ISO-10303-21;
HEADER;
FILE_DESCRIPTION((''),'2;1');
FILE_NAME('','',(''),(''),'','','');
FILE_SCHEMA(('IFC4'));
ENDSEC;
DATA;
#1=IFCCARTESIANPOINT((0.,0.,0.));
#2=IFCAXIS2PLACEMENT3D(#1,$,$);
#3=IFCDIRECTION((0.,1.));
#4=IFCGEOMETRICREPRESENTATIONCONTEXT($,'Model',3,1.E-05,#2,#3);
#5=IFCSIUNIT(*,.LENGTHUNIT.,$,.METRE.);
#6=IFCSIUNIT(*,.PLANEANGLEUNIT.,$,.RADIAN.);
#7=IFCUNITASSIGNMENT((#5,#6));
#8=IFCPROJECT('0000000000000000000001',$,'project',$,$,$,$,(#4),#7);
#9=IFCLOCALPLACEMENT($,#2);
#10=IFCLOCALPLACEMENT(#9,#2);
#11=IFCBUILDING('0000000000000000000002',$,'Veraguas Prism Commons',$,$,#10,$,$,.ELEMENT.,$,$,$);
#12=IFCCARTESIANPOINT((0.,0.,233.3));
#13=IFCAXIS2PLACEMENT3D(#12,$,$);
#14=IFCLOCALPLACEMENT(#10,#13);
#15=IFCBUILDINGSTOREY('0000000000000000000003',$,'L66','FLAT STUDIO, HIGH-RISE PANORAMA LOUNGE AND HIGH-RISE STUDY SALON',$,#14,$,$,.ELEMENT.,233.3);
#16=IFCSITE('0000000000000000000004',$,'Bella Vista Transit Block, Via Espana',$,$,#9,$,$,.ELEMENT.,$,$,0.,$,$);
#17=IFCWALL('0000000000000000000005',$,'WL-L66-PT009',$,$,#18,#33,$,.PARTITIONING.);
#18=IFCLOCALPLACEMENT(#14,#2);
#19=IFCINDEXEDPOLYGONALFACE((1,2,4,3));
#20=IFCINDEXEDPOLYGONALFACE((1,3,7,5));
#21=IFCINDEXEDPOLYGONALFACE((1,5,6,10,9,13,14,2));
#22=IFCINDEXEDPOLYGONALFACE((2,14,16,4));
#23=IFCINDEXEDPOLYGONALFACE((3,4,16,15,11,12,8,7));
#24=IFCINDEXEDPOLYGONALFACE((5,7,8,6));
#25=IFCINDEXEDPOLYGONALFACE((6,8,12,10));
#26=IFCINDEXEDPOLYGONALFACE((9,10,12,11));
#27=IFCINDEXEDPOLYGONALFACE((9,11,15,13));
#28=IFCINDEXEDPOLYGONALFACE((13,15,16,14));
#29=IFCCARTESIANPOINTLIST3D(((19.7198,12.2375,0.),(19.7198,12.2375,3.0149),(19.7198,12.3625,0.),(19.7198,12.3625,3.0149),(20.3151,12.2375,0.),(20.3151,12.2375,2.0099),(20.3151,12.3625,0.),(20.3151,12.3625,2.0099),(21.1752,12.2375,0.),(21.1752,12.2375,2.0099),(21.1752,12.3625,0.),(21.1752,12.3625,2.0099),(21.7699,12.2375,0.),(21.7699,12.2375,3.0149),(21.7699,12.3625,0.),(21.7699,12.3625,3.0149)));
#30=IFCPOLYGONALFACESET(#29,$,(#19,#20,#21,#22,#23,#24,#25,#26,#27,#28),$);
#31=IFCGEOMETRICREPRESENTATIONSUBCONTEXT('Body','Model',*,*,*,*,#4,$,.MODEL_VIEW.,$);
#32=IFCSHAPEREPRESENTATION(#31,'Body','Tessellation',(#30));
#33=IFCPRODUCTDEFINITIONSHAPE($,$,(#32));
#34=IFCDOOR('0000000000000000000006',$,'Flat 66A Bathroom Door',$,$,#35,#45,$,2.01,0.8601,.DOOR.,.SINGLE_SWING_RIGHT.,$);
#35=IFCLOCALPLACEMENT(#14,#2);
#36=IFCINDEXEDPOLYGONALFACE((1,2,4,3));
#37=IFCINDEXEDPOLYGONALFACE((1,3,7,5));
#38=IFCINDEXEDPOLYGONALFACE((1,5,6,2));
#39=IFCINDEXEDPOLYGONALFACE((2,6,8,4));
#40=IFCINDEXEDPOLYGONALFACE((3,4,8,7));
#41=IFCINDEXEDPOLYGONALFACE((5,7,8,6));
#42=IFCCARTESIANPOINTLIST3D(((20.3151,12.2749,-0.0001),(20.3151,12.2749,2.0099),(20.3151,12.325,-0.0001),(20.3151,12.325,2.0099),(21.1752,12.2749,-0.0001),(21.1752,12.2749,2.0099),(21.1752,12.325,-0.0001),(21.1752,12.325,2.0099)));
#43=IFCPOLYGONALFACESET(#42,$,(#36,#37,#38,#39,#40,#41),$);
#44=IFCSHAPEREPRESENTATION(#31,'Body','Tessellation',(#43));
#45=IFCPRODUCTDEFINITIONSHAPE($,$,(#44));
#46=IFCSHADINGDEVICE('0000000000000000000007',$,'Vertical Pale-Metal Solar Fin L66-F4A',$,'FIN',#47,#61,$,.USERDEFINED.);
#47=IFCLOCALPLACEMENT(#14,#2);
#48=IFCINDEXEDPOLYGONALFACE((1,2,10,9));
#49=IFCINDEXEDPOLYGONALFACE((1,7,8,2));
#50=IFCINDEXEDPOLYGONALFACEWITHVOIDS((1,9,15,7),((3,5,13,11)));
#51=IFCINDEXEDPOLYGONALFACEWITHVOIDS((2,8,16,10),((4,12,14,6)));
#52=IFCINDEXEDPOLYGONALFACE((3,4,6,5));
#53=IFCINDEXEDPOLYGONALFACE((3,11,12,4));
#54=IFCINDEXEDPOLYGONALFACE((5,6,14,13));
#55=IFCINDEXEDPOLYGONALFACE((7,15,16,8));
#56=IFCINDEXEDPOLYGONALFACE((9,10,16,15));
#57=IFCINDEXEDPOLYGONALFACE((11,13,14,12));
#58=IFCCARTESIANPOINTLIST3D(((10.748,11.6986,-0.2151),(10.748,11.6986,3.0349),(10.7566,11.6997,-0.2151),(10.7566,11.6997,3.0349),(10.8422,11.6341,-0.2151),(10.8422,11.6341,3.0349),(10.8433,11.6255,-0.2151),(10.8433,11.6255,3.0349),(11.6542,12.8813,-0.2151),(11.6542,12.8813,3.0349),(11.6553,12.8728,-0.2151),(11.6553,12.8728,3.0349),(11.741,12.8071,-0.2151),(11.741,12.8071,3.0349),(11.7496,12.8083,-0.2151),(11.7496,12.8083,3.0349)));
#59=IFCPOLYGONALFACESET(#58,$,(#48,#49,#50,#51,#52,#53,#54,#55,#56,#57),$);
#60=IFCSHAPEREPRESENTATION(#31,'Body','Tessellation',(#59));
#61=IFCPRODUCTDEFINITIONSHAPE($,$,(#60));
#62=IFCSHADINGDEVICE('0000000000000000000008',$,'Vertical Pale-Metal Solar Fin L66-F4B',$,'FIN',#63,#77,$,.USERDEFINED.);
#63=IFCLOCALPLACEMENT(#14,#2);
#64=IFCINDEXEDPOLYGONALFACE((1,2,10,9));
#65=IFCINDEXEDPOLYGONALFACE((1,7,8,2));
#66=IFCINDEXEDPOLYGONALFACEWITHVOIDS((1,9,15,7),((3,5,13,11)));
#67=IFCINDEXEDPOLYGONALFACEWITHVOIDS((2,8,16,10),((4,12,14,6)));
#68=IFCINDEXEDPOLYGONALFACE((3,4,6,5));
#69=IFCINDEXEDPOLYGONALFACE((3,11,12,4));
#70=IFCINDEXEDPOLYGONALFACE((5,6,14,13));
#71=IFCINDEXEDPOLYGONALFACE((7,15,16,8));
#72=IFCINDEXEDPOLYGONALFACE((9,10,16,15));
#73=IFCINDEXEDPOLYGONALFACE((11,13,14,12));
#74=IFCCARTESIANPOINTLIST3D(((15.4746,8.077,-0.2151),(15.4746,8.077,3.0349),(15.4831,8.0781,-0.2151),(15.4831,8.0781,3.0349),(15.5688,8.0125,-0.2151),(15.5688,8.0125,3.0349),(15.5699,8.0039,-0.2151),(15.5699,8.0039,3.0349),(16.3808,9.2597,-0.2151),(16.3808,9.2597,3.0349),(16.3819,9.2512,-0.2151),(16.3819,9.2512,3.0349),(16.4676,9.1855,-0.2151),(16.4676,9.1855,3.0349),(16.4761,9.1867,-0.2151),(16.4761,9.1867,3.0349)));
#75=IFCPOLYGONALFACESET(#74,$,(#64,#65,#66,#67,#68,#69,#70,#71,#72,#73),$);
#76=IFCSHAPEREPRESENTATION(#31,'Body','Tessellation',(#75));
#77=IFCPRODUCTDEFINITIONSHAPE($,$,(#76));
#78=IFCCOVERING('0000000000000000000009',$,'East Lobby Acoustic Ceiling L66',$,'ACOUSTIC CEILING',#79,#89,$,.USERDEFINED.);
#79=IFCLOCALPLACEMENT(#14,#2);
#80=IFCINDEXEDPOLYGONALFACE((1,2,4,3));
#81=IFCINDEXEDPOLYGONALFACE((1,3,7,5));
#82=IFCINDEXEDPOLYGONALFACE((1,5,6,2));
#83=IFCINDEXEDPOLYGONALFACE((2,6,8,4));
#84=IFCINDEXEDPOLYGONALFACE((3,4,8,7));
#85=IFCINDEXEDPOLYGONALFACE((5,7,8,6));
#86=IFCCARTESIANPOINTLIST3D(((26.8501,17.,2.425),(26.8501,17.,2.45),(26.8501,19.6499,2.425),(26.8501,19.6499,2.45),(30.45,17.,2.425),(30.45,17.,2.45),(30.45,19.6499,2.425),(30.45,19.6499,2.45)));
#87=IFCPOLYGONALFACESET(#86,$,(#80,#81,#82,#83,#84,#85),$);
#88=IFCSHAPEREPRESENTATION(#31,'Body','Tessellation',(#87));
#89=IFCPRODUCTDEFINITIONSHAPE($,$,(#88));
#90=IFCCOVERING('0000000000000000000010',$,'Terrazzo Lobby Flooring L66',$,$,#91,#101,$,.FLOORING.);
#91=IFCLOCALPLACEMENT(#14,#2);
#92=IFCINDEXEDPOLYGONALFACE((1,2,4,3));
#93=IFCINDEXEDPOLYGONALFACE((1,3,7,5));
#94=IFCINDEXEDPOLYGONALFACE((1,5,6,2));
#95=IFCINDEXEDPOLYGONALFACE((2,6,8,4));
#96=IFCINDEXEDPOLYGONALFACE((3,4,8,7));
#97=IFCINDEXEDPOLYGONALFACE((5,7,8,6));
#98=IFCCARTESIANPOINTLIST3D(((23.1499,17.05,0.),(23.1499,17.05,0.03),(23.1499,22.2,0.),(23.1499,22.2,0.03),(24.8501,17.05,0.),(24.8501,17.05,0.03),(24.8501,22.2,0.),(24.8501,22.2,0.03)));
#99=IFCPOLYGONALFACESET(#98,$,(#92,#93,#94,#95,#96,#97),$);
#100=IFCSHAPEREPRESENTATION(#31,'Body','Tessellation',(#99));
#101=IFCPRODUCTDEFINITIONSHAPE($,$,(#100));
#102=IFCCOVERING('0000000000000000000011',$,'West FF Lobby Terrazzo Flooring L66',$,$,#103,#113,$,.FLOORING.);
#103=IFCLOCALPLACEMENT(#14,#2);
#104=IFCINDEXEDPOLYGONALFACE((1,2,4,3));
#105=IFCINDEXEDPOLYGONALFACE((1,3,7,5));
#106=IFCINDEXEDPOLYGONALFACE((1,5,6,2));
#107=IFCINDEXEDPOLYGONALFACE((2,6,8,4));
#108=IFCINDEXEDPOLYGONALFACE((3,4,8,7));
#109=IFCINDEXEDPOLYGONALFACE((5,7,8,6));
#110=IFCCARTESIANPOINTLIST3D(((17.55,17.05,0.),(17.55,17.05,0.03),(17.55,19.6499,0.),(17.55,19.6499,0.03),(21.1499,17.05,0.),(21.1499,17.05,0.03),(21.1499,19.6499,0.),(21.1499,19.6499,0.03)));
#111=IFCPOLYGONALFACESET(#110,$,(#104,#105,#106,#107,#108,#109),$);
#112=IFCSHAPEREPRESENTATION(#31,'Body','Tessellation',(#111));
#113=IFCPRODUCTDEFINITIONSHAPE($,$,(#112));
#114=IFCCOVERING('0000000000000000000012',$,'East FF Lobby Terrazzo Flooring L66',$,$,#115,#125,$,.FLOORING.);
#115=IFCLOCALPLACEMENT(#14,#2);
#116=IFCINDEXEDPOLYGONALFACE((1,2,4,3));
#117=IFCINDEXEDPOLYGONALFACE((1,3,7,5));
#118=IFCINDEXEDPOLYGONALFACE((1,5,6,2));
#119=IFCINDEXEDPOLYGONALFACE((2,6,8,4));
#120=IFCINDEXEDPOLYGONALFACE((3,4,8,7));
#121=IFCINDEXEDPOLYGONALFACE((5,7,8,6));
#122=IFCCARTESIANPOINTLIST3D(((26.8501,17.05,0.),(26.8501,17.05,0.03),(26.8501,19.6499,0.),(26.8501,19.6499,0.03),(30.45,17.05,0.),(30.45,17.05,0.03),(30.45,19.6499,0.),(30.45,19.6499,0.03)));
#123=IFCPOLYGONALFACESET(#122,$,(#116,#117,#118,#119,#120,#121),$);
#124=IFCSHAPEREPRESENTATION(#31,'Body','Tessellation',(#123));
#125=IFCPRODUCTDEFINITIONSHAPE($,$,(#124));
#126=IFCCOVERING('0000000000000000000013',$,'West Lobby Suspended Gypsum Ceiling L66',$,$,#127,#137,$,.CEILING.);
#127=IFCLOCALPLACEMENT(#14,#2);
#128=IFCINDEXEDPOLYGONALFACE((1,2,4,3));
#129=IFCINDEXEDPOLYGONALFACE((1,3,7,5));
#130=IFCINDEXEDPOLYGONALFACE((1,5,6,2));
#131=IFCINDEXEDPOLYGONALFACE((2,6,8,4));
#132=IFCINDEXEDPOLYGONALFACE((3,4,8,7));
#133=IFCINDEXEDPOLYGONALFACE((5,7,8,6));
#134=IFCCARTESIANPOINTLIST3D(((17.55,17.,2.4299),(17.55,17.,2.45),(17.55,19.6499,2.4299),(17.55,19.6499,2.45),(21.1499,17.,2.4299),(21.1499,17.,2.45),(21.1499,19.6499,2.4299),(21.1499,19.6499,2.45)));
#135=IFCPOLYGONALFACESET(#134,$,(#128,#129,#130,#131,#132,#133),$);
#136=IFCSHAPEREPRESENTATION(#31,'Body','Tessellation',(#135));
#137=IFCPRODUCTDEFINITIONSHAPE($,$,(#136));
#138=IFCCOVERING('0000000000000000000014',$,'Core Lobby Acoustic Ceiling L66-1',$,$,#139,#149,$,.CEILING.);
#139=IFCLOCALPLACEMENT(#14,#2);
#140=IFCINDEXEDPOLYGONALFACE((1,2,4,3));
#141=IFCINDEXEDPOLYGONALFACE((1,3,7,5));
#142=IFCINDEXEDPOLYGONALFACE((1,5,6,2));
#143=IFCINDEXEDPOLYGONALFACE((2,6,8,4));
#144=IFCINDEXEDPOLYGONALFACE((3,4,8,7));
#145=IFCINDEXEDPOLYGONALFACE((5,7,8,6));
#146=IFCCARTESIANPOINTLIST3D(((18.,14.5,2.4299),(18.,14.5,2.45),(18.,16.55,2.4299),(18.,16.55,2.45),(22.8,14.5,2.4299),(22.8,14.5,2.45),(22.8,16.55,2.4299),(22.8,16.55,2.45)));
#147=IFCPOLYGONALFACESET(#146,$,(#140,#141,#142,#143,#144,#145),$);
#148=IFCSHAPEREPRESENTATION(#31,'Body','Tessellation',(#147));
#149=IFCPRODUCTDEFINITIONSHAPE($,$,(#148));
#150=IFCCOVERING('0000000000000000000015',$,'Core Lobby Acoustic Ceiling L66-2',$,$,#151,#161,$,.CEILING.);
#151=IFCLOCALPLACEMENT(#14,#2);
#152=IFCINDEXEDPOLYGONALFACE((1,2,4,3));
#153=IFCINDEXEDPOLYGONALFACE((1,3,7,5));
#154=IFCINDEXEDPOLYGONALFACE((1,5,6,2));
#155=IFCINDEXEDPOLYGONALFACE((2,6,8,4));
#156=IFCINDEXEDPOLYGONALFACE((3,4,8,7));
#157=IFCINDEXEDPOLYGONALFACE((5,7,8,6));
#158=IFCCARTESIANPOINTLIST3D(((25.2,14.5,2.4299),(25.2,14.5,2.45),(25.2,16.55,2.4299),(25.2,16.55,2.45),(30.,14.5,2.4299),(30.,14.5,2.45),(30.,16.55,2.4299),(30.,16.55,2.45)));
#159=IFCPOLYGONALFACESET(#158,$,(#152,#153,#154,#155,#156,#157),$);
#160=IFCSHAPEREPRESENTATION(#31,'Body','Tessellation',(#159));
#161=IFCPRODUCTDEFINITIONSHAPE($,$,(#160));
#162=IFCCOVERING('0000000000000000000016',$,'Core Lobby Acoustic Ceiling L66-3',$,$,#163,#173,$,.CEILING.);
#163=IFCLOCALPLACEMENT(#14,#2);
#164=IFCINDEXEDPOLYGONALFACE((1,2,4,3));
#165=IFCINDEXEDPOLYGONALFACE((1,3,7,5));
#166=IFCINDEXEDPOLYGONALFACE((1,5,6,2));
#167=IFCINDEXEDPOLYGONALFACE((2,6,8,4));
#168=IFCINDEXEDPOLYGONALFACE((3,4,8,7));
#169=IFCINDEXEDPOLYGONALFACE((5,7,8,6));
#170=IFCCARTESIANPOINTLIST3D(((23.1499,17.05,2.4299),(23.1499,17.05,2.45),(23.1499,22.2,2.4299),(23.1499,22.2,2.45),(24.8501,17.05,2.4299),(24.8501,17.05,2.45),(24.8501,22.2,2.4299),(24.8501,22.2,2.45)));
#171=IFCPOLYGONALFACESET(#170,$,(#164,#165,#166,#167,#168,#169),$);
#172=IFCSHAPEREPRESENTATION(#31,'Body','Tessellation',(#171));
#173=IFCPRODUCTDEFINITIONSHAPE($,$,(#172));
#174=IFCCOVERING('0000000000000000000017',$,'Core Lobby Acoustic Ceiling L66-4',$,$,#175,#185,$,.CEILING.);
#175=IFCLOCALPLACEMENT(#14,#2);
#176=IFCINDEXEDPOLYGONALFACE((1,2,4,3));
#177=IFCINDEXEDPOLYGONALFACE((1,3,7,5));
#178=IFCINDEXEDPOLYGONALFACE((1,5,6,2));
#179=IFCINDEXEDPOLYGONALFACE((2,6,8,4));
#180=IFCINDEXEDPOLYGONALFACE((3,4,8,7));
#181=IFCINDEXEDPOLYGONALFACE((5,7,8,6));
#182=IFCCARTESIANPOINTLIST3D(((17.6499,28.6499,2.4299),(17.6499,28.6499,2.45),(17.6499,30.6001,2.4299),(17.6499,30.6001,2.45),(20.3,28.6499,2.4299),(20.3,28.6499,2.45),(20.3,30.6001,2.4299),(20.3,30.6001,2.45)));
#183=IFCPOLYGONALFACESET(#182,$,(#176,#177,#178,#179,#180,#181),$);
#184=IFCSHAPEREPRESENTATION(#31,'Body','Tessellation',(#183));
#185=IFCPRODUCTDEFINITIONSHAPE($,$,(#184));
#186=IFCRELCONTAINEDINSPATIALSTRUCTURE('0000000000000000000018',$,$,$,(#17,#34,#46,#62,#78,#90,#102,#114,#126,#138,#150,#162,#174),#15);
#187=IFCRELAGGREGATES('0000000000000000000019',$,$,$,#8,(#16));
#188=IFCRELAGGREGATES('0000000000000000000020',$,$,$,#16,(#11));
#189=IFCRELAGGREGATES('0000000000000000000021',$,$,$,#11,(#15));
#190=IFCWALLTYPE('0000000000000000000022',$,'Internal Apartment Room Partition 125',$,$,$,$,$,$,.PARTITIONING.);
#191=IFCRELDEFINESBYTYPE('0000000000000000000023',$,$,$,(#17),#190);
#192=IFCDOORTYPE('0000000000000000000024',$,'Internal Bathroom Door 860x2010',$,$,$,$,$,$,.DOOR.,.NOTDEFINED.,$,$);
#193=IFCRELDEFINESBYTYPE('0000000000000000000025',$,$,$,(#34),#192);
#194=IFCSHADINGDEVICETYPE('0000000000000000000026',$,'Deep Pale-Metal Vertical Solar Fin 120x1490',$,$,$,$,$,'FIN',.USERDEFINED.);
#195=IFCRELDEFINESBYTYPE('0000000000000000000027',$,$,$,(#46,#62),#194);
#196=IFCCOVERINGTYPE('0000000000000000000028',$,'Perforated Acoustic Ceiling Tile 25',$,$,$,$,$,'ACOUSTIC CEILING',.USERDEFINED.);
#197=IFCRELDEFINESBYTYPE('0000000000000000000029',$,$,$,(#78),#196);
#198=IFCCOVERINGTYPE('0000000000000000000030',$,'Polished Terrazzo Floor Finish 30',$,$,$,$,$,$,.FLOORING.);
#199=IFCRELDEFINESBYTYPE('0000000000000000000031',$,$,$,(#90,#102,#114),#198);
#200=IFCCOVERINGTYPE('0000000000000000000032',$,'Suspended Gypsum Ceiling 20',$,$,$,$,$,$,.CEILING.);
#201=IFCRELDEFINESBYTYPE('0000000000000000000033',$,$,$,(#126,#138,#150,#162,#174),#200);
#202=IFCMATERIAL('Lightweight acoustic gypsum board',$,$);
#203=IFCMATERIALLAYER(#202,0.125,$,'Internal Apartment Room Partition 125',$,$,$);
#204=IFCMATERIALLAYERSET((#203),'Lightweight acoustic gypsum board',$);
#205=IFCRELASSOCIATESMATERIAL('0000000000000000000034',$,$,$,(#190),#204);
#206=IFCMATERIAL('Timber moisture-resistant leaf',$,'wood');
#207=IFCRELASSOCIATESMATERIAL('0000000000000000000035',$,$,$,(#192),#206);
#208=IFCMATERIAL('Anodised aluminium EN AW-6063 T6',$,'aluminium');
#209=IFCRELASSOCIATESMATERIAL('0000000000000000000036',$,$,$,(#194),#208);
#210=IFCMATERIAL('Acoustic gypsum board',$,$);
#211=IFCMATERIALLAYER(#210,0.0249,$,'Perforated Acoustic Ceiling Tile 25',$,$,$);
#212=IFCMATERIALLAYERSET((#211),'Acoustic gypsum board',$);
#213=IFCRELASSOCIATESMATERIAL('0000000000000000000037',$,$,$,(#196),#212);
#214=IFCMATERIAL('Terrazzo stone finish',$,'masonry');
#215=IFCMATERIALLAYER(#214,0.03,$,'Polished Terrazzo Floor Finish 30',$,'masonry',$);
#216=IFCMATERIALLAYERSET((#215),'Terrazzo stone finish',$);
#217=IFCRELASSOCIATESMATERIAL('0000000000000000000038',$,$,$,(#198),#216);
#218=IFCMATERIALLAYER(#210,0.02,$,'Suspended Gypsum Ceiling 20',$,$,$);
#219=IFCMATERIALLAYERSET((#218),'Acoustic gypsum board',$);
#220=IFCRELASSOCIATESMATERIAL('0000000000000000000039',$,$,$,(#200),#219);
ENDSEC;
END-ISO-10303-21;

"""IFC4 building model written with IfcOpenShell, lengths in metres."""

from ifc_helpers import new_model, si_unit, direction, frame, frame_2d, origin, origin_2d, place, context, subcontext, project, spatial, polyline, rectangle, hollow_rectangle, outline, extrude, source, transform, mapped, material, layer, layer_set, material_profile, profile_set, type_object, element, fill, save


model = new_model("IFC4")

# Units and contexts
model_context = context("Model", 3, precision=1e-05, world=origin(), true_north=direction((0.0, 1.0)))
body_context = subcontext(model_context, "Body", "Model", "MODEL_VIEW")
ifc_project = project(units=[si_unit("LENGTHUNIT", "METRE"), si_unit("PLANEANGLEUNIT", "RADIAN")], contexts=[model_context])

# Site, building, storey
site_placement = place(None, origin())
site = spatial("IfcSite", under=ifc_project, at=site_placement, Name="Bella Vista Transit Block, Via Espana", CompositionType="ELEMENT", RefElevation=0.0)
building_placement = place(site_placement, origin())
building = spatial("IfcBuilding", under=site, at=building_placement, Name="Veraguas Prism Commons", CompositionType="ELEMENT")
storey_placement = place(building_placement, frame((0.0, 0.0, 233.3)))
storey = spatial("IfcBuildingStorey", under=building, at=storey_placement, Name="L66", Description="FLAT STUDIO, HIGH-RISE PANORAMA LOUNGE AND HIGH-RISE STUDY SALON", CompositionType="ELEMENT", Elevation=233.3)

# Shared definitions
ifc_material_1 = material(Name="Anodised aluminium EN AW-6063 T6", Category="aluminium")

# Wall, opening, door
ifc_material_2 = material(Name="Lightweight acoustic gypsum board")
ifc_layer_1 = layer(ifc_material_2, 0.125, Name="Internal Apartment Room Partition 125")
ifc_layer_set_1 = layer_set([ifc_layer_1], Name="Lightweight acoustic gypsum board")
wall_type_1 = type_object("IfcWallType", Name="Internal Apartment Room Partition 125", PredefinedType="PARTITIONING", material=ifc_layer_set_1)
wall_1_placement = place(storey_placement, frame((19.72, 12.3, 0.0), z_axis=(0.0, 0.0, 1.0), x_axis=(1.0, 0.0, 0.0)))
wall_1 = element("IfcWall", 1, at=wall_1_placement, inside=storey, type_object=wall_type_1, Name="WL-L66-PT009", PredefinedType="PARTITIONING", context=body_context, shape_type="SweptSolid", body=[
    extrude(rectangle(XDim=2.05, YDim=0.125, at=frame_2d((1.0249, 0.0))), origin(), (0.0, 0.0, 1.0), 3.0149),
])
opening_1_placement = place(wall_1_placement, frame((0.595, 0.0, 0.0)))
opening_1 = element("IfcOpeningElement", 2, at=opening_1_placement, cuts=wall_1, PredefinedType="OPENING", context=body_context, shape_type="SweptSolid", body=[
    extrude(rectangle(XDim=0.8601, YDim=2.01, at=frame_2d((0.4302, 1.0049))), frame((0.0, 0.0725, 0.0), z_axis=(0.0, -1.0, 0.0), x_axis=(1.0, 0.0, 0.0)), (0.0, 0.0, 1.0), 0.145),
])
ifc_material_3 = material(Name="Timber moisture-resistant leaf", Category="wood")
door_type_1 = type_object("IfcDoorType", Name="Internal Bathroom Door 860x2010", OperationType="NOTDEFINED", PredefinedType="DOOR", material=ifc_material_3)
shared_shape_1 = source(origin(), body_context, "Body", "SweptSolid", [
    extrude(rectangle(XDim=0.8601, YDim=2.01, at=frame_2d((0.4302, 1.0049))), frame((0.0, 0.0249, 0.0), z_axis=(0.0, -1.0, 0.0), x_axis=(1.0, 0.0, 0.0)), (0.0, 0.0, 1.0), 0.05),
])
door_1_placement = place(opening_1_placement, origin())
door_1 = element("IfcDoor", 3, at=door_1_placement, inside=storey, type_object=door_type_1, Name="Flat 66A Bathroom Door", OperationType="SINGLE_SWING_RIGHT", OverallHeight=2.01, OverallWidth=0.8601, PredefinedType="DOOR", context=body_context, shape_type="MappedRepresentation", body=[
    mapped(shared_shape_1, transform((0.0, 0.0, 0.0), scale=1.0)),
])
fill(opening_1, door_1)

# Shading devices
ifc_material_profile_1 = material_profile(ifc_material_1, hollow_rectangle(XDim=0.1201, YDim=1.49, WallThickness=0.0061, at=origin_2d()), Name="FIN120X1490X6")
ifc_profile_set_1 = profile_set([ifc_material_profile_1], Name="Anodised aluminium EN AW-6063 T6")
shading_device_type = type_object("IfcShadingDeviceType", Name="Deep Pale-Metal Vertical Solar Fin 120x1490", ElementType="FIN", PredefinedType="USERDEFINED", material=ifc_profile_set_1)
for number, where, z_axis, x_axis, name in (
    (4, (11.2488, 12.2534, -0.2151), (0.0, 0.0, 1.0), (0.793779, -0.608206, 0.0), "Vertical Pale-Metal Solar Fin L66-F4A"),
    (5, (15.9753, 8.6318, -0.2151), (0.0, 0.0, 1.0), (0.793779, -0.608206, 0.0), "Vertical Pale-Metal Solar Fin L66-F4B"),
):
    element("IfcShadingDevice", number, at=place(storey_placement, frame(where, z_axis=z_axis, x_axis=x_axis)), inside=storey, type_object=shading_device_type, Name=name, ObjectType="FIN", PredefinedType="USERDEFINED", context=body_context, shape_type="SweptSolid", body=[
        extrude(hollow_rectangle(XDim=0.1201, YDim=1.49, WallThickness=0.0061, at=origin_2d()), origin(), (0.0, 0.0, 1.0), 3.25),
    ])

# Coverings
ifc_material_4 = material(Name="Acoustic gypsum board")
ifc_layer_2 = layer(ifc_material_4, 0.0249, Name="Perforated Acoustic Ceiling Tile 25")
ifc_layer_set_2 = layer_set([ifc_layer_2], Name="Acoustic gypsum board")
covering_type_1 = type_object("IfcCoveringType", Name="Perforated Acoustic Ceiling Tile 25", ElementType="ACOUSTIC CEILING", PredefinedType="USERDEFINED", material=ifc_layer_set_2)
covering_1_placement = place(storey_placement, frame((0.0, 0.0, 2.425)))
element("IfcCovering", 6, at=covering_1_placement, inside=storey, type_object=covering_type_1, Name="East Lobby Acoustic Ceiling L66", ObjectType="ACOUSTIC CEILING", PredefinedType="USERDEFINED", context=body_context, shape_type="SweptSolid", body=[
    extrude(outline(polyline([(26.8501, 17.0), (30.45, 17.0), (30.45, 19.6499), (26.8501, 19.6499), (26.8501, 17.0)])), origin(), (0.0, 0.0, 1.0), 0.0249),
])
ifc_material_5 = material(Name="Terrazzo stone finish", Category="masonry")
ifc_layer_3 = layer(ifc_material_5, 0.03, Name="Polished Terrazzo Floor Finish 30", Category="masonry")
ifc_layer_set_3 = layer_set([ifc_layer_3], Name="Terrazzo stone finish")
covering_type_2 = type_object("IfcCoveringType", Name="Polished Terrazzo Floor Finish 30", PredefinedType="FLOORING", material=ifc_layer_set_3)
covering_2_placement = place(storey_placement, origin())
element("IfcCovering", 7, at=covering_2_placement, inside=storey, type_object=covering_type_2, Name="Terrazzo Lobby Flooring L66", PredefinedType="FLOORING", context=body_context, shape_type="SweptSolid", body=[
    extrude(outline(polyline([(23.1499, 17.05), (24.8501, 17.05), (24.8501, 22.2), (23.1499, 22.2), (23.1499, 17.05)])), origin(), (0.0, 0.0, 1.0), 0.03),
])
covering_3_placement = place(storey_placement, origin())
element("IfcCovering", 8, at=covering_3_placement, inside=storey, type_object=covering_type_2, Name="West FF Lobby Terrazzo Flooring L66", PredefinedType="FLOORING", context=body_context, shape_type="SweptSolid", body=[
    extrude(outline(polyline([(17.55, 17.05), (21.1499, 17.05), (21.1499, 19.6499), (17.55, 19.6499), (17.55, 17.05)])), origin(), (0.0, 0.0, 1.0), 0.03),
])
covering_4_placement = place(storey_placement, origin())
element("IfcCovering", 9, at=covering_4_placement, inside=storey, type_object=covering_type_2, Name="East FF Lobby Terrazzo Flooring L66", PredefinedType="FLOORING", context=body_context, shape_type="SweptSolid", body=[
    extrude(outline(polyline([(26.8501, 17.05), (30.45, 17.05), (30.45, 19.6499), (26.8501, 19.6499), (26.8501, 17.05)])), origin(), (0.0, 0.0, 1.0), 0.03),
])
ifc_layer_4 = layer(ifc_material_4, 0.02, Name="Suspended Gypsum Ceiling 20")
ifc_layer_set_4 = layer_set([ifc_layer_4], Name="Acoustic gypsum board")
covering_type_3 = type_object("IfcCoveringType", Name="Suspended Gypsum Ceiling 20", PredefinedType="CEILING", material=ifc_layer_set_4)
covering_5_placement = place(storey_placement, frame((0.0, 0.0, 2.4299)))
element("IfcCovering", 10, at=covering_5_placement, inside=storey, type_object=covering_type_3, Name="West Lobby Suspended Gypsum Ceiling L66", PredefinedType="CEILING", context=body_context, shape_type="SweptSolid", body=[
    extrude(outline(polyline([(17.55, 17.0), (21.1499, 17.0), (21.1499, 19.6499), (17.55, 19.6499), (17.55, 17.0)])), origin(), (0.0, 0.0, 1.0), 0.02),
])
covering_6_placement = place(storey_placement, frame((0.0, 0.0, 2.4299)))
element("IfcCovering", 11, at=covering_6_placement, inside=storey, type_object=covering_type_3, Name="Core Lobby Acoustic Ceiling L66-1", PredefinedType="CEILING", context=body_context, shape_type="SweptSolid", body=[
    extrude(outline(polyline([(18.0, 14.5), (22.8, 14.5), (22.8, 16.55), (18.0, 16.55), (18.0, 14.5)])), origin(), (0.0, 0.0, 1.0), 0.02),
])
covering_7_placement = place(storey_placement, frame((0.0, 0.0, 2.4299)))
element("IfcCovering", 12, at=covering_7_placement, inside=storey, type_object=covering_type_3, Name="Core Lobby Acoustic Ceiling L66-2", PredefinedType="CEILING", context=body_context, shape_type="SweptSolid", body=[
    extrude(outline(polyline([(25.2, 14.5), (30.0, 14.5), (30.0, 16.55), (25.2, 16.55), (25.2, 14.5)])), origin(), (0.0, 0.0, 1.0), 0.02),
])
covering_8_placement = place(storey_placement, frame((0.0, 0.0, 2.4299)))
element("IfcCovering", 13, at=covering_8_placement, inside=storey, type_object=covering_type_3, Name="Core Lobby Acoustic Ceiling L66-3", PredefinedType="CEILING", context=body_context, shape_type="SweptSolid", body=[
    extrude(outline(polyline([(23.1499, 17.05), (24.8501, 17.05), (24.8501, 22.2), (23.1499, 22.2), (23.1499, 17.05)])), origin(), (0.0, 0.0, 1.0), 0.02),
])
covering_9_placement = place(storey_placement, frame((0.0, 0.0, 2.4299)))
element("IfcCovering", 14, at=covering_9_placement, inside=storey, type_object=covering_type_3, Name="Core Lobby Acoustic Ceiling L66-4", PredefinedType="CEILING", context=body_context, shape_type="SweptSolid", body=[
    extrude(outline(polyline([(17.6499, 28.6499), (20.3, 28.6499), (20.3, 30.6001), (17.6499, 30.6001), (17.6499, 28.6499)])), origin(), (0.0, 0.0, 1.0), 0.02),
])

save(model, "model.ifc")
